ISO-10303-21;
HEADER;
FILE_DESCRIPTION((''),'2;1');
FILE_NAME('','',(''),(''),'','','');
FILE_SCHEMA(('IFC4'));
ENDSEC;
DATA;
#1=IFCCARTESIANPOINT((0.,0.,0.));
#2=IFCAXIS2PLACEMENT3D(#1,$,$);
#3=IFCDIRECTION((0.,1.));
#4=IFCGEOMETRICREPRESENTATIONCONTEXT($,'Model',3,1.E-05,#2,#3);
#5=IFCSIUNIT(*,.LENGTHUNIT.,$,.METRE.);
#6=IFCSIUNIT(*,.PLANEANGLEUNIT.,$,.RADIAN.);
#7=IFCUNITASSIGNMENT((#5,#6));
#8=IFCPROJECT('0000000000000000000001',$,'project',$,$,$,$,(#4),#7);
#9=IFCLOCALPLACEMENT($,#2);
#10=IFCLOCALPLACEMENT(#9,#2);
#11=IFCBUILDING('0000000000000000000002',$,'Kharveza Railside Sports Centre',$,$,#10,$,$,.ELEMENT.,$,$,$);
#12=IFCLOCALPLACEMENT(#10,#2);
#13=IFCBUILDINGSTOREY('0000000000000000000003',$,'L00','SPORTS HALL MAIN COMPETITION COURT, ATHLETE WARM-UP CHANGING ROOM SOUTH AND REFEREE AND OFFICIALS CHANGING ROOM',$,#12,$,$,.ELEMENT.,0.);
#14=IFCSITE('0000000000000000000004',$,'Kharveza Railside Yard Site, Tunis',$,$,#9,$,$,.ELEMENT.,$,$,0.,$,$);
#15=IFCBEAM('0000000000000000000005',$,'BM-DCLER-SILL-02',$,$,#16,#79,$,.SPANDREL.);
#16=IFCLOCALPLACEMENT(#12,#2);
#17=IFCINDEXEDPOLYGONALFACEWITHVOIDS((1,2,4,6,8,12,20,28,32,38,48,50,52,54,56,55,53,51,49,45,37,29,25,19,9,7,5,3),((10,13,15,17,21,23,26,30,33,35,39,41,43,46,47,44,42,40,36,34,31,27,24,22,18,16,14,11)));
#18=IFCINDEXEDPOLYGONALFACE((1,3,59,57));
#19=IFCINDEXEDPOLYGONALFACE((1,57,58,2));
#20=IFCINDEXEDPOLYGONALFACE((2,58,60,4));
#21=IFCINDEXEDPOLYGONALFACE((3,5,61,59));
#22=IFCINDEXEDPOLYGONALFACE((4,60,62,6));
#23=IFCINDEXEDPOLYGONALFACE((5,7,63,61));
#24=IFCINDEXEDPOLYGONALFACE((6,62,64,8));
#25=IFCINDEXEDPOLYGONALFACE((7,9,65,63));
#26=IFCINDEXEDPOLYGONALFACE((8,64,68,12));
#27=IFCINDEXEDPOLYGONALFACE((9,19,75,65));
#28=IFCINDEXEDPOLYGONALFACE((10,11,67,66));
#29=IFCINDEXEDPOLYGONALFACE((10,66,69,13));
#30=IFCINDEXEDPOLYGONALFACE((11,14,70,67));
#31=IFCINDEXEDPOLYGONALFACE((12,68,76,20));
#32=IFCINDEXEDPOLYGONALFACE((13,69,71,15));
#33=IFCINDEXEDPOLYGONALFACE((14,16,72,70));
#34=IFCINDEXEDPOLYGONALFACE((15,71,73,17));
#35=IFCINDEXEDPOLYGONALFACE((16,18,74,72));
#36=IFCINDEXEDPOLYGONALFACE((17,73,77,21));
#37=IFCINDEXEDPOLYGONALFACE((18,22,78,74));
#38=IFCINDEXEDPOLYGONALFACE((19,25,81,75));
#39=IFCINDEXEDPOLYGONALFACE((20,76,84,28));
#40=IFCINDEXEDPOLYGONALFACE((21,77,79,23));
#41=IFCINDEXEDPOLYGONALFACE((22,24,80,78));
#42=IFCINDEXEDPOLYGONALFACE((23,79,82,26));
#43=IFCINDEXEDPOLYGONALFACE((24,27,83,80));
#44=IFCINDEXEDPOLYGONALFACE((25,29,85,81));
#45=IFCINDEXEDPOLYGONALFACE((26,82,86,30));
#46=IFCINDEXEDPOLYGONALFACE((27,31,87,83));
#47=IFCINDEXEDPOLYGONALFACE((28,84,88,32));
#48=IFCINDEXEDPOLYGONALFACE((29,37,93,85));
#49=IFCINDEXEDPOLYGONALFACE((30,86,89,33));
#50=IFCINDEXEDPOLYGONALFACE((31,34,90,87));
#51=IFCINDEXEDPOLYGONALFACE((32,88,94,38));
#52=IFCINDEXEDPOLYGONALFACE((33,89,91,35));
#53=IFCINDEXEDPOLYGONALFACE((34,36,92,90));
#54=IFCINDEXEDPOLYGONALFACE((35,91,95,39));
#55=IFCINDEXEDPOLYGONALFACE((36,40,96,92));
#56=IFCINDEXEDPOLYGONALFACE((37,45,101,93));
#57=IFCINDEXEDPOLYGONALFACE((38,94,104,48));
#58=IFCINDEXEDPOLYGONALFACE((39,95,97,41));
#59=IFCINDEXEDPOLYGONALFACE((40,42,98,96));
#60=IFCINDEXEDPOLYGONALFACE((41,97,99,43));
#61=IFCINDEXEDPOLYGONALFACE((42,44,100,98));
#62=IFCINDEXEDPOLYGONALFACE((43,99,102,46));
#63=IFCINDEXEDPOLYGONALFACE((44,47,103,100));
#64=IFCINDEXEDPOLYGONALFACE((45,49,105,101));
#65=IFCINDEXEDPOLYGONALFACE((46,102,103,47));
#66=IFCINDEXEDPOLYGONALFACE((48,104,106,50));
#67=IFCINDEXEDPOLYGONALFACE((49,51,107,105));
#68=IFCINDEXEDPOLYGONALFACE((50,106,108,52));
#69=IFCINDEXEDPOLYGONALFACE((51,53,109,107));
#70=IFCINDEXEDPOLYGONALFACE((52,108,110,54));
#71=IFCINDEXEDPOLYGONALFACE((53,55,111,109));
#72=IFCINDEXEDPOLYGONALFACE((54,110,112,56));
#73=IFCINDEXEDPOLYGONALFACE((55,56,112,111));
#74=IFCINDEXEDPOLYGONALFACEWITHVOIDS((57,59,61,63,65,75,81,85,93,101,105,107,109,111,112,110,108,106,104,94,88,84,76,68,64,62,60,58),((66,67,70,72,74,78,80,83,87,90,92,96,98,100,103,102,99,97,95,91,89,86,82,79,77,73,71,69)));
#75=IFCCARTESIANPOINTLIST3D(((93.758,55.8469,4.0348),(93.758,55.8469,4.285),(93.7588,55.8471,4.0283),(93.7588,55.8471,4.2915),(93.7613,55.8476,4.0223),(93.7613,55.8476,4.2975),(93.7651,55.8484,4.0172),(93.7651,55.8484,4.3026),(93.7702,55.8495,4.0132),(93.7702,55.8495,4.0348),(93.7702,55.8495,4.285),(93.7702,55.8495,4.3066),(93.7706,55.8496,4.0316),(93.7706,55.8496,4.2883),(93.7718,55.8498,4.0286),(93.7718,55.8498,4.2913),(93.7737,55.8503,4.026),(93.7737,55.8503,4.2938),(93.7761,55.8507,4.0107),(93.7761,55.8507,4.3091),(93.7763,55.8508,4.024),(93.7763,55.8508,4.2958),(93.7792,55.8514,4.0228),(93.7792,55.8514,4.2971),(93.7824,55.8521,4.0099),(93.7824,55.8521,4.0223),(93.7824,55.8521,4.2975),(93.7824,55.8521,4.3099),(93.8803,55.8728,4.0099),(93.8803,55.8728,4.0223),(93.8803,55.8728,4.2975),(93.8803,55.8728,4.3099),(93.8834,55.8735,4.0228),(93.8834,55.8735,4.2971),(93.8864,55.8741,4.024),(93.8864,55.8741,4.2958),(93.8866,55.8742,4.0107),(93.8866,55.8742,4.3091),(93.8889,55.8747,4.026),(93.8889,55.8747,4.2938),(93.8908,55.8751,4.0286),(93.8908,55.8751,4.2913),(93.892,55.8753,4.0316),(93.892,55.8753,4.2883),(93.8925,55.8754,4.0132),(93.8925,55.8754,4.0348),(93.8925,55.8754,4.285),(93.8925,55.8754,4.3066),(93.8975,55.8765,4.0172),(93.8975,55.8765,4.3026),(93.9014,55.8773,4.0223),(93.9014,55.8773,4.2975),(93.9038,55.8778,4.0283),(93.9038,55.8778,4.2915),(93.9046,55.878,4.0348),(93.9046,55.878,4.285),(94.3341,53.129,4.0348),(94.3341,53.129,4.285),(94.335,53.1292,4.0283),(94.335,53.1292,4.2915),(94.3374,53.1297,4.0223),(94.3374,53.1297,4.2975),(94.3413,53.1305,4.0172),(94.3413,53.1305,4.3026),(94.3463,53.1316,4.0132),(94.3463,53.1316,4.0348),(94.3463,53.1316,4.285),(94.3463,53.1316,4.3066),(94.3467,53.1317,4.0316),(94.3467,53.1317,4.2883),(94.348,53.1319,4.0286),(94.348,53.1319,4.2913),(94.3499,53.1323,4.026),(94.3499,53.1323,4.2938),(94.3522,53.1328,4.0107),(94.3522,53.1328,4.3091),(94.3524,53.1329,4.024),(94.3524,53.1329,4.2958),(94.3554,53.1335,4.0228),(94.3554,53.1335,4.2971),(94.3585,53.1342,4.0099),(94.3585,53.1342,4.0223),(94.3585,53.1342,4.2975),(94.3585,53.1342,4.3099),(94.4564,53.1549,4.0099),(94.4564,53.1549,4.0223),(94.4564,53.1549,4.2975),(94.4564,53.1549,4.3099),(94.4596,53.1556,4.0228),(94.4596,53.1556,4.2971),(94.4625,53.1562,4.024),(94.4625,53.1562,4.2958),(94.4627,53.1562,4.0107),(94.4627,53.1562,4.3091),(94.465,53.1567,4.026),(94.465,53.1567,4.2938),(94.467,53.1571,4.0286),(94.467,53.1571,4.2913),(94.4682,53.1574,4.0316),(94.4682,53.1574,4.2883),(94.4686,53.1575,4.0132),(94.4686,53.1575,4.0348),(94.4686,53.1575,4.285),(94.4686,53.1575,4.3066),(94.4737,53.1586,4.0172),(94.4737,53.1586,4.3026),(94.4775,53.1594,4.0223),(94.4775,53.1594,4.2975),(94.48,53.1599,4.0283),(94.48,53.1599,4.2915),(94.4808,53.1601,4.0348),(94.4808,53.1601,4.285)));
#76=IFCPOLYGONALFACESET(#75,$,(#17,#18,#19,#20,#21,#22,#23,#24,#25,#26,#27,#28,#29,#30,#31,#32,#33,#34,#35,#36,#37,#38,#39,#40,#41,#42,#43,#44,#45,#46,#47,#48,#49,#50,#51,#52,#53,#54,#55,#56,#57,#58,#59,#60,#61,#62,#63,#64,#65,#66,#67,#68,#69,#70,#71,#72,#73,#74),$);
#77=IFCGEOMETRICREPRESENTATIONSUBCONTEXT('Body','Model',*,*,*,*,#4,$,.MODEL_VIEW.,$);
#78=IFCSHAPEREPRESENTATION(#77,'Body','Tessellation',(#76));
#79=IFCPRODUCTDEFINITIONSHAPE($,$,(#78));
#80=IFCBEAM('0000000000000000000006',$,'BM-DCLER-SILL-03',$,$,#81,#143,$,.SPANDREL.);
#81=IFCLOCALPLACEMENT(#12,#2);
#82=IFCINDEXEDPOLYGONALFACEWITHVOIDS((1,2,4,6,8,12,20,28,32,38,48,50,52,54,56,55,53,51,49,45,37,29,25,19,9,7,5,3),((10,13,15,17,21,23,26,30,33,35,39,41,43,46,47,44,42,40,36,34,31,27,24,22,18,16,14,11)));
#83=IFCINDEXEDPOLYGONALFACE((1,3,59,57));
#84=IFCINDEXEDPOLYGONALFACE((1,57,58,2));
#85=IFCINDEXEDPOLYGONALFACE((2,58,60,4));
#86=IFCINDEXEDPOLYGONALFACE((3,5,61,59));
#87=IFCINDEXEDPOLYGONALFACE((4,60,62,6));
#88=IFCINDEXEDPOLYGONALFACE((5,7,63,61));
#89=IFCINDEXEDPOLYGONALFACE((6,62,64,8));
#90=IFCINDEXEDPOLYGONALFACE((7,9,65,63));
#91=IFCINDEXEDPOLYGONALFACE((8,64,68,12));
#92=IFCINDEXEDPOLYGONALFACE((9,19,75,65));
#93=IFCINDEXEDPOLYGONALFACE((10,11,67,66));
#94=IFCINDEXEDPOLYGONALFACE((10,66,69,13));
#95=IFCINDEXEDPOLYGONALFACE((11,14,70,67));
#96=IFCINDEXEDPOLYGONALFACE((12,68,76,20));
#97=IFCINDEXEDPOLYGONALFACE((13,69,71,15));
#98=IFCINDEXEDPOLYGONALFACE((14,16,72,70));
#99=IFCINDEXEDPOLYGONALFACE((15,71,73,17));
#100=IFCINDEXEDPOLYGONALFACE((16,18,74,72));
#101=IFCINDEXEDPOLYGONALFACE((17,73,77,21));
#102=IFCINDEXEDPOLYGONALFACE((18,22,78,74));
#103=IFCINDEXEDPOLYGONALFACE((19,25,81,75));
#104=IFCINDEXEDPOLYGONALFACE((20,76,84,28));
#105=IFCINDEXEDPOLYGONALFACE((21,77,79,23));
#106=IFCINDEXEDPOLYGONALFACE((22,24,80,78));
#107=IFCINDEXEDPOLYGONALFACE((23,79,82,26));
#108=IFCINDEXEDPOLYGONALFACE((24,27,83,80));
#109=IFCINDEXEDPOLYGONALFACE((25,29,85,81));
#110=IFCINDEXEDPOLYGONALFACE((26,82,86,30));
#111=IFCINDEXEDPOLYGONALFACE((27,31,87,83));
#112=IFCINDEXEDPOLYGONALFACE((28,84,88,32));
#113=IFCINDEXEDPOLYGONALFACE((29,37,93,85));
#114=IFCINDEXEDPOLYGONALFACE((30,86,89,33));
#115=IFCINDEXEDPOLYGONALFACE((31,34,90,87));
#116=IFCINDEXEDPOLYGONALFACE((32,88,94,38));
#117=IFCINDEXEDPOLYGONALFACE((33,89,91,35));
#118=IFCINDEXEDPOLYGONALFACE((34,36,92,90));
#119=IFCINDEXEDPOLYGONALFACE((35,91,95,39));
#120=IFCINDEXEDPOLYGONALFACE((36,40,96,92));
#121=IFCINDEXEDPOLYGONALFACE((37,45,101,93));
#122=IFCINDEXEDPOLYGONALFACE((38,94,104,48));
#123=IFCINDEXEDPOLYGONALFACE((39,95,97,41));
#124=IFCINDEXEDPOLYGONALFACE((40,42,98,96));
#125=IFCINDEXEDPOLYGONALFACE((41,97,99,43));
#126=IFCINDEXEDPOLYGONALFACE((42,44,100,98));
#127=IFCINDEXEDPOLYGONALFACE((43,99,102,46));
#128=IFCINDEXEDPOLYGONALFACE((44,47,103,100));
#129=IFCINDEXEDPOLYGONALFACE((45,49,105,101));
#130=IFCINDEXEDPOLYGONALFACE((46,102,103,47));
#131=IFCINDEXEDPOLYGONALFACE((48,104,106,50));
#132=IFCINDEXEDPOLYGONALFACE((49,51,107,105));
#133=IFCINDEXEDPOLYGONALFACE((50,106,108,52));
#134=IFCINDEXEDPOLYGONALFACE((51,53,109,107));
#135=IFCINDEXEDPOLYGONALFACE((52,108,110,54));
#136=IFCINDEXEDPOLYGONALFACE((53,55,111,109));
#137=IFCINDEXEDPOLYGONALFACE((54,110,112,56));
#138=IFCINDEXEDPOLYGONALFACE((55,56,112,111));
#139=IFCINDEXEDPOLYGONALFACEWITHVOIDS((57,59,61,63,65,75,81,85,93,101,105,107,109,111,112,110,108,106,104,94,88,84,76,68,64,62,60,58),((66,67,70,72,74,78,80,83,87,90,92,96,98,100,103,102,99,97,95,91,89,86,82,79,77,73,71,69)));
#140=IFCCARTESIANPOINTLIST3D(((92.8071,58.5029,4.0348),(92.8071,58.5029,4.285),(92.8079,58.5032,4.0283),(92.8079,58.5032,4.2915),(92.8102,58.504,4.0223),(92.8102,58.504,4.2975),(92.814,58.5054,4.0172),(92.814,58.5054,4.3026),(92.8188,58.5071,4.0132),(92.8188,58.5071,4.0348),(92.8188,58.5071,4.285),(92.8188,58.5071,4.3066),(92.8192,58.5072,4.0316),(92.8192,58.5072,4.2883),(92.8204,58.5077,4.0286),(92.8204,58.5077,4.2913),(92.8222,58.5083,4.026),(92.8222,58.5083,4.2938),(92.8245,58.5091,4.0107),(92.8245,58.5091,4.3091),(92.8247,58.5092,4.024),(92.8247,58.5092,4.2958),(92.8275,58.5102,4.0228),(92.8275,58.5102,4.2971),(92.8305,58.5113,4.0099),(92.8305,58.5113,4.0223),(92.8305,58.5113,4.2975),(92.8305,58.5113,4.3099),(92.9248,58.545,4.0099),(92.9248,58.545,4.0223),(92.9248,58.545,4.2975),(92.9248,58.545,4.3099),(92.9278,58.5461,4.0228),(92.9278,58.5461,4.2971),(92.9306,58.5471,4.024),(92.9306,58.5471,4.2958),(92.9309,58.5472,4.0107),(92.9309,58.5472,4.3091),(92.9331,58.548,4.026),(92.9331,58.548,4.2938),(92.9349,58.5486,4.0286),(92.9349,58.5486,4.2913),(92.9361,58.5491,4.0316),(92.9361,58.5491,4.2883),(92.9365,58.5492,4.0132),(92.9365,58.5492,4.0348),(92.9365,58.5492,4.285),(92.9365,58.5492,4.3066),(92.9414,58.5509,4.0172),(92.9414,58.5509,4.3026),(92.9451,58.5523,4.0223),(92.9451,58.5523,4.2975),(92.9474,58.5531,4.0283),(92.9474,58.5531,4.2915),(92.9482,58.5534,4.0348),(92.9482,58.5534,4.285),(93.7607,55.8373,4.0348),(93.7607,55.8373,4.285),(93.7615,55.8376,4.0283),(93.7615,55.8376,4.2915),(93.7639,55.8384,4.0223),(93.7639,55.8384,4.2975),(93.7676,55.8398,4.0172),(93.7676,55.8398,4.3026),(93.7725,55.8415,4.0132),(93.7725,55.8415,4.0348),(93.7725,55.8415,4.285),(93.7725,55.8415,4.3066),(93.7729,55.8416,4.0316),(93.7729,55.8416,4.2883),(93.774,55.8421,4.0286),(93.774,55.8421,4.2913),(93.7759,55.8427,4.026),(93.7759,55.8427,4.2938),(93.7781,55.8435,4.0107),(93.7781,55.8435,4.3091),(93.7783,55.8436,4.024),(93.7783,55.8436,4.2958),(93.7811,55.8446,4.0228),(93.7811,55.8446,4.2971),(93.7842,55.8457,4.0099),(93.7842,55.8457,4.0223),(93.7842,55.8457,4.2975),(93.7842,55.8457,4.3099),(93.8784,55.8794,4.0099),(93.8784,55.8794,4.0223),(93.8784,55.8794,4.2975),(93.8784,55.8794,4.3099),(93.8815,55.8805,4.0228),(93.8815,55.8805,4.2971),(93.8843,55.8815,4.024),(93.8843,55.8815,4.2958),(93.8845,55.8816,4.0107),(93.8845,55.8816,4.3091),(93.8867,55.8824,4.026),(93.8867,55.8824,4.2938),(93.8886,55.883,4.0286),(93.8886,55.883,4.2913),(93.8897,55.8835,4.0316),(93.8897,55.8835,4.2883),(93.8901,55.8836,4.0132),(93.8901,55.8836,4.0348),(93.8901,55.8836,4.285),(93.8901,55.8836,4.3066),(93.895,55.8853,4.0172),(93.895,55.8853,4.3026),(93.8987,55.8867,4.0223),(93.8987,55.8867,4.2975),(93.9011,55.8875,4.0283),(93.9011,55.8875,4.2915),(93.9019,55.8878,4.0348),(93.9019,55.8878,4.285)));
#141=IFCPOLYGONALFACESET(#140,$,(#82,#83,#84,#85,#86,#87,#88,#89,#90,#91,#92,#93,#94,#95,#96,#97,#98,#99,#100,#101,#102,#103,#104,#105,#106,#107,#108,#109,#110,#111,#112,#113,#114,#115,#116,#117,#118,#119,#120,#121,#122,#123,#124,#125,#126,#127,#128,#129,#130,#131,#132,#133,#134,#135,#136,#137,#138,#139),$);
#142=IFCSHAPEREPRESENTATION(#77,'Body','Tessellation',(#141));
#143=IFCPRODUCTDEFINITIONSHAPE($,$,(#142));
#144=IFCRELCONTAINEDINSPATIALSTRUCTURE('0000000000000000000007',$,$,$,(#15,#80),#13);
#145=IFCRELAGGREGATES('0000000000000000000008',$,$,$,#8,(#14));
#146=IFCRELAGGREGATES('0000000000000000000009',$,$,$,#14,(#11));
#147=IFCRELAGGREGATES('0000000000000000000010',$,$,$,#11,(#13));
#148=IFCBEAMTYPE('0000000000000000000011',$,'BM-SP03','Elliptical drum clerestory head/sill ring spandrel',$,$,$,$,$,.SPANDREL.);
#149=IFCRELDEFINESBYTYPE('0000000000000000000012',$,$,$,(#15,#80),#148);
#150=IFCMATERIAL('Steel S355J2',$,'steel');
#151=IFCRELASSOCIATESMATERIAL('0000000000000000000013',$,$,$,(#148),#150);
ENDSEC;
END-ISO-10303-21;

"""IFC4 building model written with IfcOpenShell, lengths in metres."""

from ifc_helpers import new_model, si_unit, direction, frame, origin, origin_2d, place, context, subcontext, project, spatial, hollow_rectangle, extrude, material, material_profile, profile_set, type_object, element, save


model = new_model("IFC4")

# Units and contexts
model_context = context("Model", 3, precision=1e-05, world=origin(), true_north=direction((0.0, 1.0)))
body_context = subcontext(model_context, "Body", "Model", "MODEL_VIEW")
ifc_project = project(units=[si_unit("LENGTHUNIT", "METRE"), si_unit("PLANEANGLEUNIT", "RADIAN")], contexts=[model_context])

# Site, building, storey
site_placement = place(None, origin())
site = spatial("IfcSite", under=ifc_project, at=site_placement, Name="Kharveza Railside Yard Site, Tunis", CompositionType="ELEMENT", RefElevation=0.0)
building_placement = place(site_placement, origin())
building = spatial("IfcBuilding", under=site, at=building_placement, Name="Kharveza Railside Sports Centre", CompositionType="ELEMENT")
storey_placement = place(building_placement, origin())
storey = spatial("IfcBuildingStorey", under=building, at=storey_placement, Name="L00", Description="SPORTS HALL MAIN COMPETITION COURT, ATHLETE WARM-UP CHANGING ROOM SOUTH AND REFEREE AND OFFICIALS CHANGING ROOM", CompositionType="ELEMENT", Elevation=0.0)

# Shared definitions
ifc_material_1 = material(Name="Steel S355J2", Category="steel")

# Beams
ifc_material_profile_1 = material_profile(ifc_material_1, hollow_rectangle(XDim=0.1499, YDim=0.3, WallThickness=0.0125, InnerFilletRadius=0.0125, OuterFilletRadius=0.0249, at=origin_2d()), Name="RHS 150x300x12.5")
ifc_profile_set_1 = profile_set([ifc_material_profile_1], Name="Steel S355J2")
beam_type = type_object("IfcBeamType", Name="BM-SP03", Description="Elliptical drum clerestory head/sill ring spandrel", PredefinedType="SPANDREL", material=ifc_profile_set_1)
beam_1_placement = place(storey_placement, frame((94.4075, 53.1445, 4.1599), z_axis=(-0.207374, 0.978262, 0.0), x_axis=(-0.978262, -0.207374, 0.0)))
element("IfcBeam", 1, at=beam_1_placement, inside=storey, type_object=beam_type, Name="BM-DCLER-SILL-02", PredefinedType="SPANDREL", context=body_context, shape_type="SweptSolid", body=[
    extrude(hollow_rectangle(XDim=0.1499, YDim=0.3, WallThickness=0.0125, InnerFilletRadius=0.0125, OuterFilletRadius=0.0249, at=origin_2d()), origin(), (0.0, 0.0, 1.0), 2.7783),
])
beam_2_placement = place(storey_placement, frame((93.8313, 55.8625, 4.1599), z_axis=(-0.33685, 0.941558, 0.0), x_axis=(-0.941558, -0.33685, 0.0)))
element("IfcBeam", 2, at=beam_2_placement, inside=storey, type_object=beam_type, Name="BM-DCLER-SILL-03", PredefinedType="SPANDREL", context=body_context, shape_type="SweptSolid", body=[
    extrude(hollow_rectangle(XDim=0.1499, YDim=0.3, WallThickness=0.0125, InnerFilletRadius=0.0125, OuterFilletRadius=0.0249, at=origin_2d()), origin(), (0.0, 0.0, 1.0), 2.8311),
])

save(model, "model.ifc")
